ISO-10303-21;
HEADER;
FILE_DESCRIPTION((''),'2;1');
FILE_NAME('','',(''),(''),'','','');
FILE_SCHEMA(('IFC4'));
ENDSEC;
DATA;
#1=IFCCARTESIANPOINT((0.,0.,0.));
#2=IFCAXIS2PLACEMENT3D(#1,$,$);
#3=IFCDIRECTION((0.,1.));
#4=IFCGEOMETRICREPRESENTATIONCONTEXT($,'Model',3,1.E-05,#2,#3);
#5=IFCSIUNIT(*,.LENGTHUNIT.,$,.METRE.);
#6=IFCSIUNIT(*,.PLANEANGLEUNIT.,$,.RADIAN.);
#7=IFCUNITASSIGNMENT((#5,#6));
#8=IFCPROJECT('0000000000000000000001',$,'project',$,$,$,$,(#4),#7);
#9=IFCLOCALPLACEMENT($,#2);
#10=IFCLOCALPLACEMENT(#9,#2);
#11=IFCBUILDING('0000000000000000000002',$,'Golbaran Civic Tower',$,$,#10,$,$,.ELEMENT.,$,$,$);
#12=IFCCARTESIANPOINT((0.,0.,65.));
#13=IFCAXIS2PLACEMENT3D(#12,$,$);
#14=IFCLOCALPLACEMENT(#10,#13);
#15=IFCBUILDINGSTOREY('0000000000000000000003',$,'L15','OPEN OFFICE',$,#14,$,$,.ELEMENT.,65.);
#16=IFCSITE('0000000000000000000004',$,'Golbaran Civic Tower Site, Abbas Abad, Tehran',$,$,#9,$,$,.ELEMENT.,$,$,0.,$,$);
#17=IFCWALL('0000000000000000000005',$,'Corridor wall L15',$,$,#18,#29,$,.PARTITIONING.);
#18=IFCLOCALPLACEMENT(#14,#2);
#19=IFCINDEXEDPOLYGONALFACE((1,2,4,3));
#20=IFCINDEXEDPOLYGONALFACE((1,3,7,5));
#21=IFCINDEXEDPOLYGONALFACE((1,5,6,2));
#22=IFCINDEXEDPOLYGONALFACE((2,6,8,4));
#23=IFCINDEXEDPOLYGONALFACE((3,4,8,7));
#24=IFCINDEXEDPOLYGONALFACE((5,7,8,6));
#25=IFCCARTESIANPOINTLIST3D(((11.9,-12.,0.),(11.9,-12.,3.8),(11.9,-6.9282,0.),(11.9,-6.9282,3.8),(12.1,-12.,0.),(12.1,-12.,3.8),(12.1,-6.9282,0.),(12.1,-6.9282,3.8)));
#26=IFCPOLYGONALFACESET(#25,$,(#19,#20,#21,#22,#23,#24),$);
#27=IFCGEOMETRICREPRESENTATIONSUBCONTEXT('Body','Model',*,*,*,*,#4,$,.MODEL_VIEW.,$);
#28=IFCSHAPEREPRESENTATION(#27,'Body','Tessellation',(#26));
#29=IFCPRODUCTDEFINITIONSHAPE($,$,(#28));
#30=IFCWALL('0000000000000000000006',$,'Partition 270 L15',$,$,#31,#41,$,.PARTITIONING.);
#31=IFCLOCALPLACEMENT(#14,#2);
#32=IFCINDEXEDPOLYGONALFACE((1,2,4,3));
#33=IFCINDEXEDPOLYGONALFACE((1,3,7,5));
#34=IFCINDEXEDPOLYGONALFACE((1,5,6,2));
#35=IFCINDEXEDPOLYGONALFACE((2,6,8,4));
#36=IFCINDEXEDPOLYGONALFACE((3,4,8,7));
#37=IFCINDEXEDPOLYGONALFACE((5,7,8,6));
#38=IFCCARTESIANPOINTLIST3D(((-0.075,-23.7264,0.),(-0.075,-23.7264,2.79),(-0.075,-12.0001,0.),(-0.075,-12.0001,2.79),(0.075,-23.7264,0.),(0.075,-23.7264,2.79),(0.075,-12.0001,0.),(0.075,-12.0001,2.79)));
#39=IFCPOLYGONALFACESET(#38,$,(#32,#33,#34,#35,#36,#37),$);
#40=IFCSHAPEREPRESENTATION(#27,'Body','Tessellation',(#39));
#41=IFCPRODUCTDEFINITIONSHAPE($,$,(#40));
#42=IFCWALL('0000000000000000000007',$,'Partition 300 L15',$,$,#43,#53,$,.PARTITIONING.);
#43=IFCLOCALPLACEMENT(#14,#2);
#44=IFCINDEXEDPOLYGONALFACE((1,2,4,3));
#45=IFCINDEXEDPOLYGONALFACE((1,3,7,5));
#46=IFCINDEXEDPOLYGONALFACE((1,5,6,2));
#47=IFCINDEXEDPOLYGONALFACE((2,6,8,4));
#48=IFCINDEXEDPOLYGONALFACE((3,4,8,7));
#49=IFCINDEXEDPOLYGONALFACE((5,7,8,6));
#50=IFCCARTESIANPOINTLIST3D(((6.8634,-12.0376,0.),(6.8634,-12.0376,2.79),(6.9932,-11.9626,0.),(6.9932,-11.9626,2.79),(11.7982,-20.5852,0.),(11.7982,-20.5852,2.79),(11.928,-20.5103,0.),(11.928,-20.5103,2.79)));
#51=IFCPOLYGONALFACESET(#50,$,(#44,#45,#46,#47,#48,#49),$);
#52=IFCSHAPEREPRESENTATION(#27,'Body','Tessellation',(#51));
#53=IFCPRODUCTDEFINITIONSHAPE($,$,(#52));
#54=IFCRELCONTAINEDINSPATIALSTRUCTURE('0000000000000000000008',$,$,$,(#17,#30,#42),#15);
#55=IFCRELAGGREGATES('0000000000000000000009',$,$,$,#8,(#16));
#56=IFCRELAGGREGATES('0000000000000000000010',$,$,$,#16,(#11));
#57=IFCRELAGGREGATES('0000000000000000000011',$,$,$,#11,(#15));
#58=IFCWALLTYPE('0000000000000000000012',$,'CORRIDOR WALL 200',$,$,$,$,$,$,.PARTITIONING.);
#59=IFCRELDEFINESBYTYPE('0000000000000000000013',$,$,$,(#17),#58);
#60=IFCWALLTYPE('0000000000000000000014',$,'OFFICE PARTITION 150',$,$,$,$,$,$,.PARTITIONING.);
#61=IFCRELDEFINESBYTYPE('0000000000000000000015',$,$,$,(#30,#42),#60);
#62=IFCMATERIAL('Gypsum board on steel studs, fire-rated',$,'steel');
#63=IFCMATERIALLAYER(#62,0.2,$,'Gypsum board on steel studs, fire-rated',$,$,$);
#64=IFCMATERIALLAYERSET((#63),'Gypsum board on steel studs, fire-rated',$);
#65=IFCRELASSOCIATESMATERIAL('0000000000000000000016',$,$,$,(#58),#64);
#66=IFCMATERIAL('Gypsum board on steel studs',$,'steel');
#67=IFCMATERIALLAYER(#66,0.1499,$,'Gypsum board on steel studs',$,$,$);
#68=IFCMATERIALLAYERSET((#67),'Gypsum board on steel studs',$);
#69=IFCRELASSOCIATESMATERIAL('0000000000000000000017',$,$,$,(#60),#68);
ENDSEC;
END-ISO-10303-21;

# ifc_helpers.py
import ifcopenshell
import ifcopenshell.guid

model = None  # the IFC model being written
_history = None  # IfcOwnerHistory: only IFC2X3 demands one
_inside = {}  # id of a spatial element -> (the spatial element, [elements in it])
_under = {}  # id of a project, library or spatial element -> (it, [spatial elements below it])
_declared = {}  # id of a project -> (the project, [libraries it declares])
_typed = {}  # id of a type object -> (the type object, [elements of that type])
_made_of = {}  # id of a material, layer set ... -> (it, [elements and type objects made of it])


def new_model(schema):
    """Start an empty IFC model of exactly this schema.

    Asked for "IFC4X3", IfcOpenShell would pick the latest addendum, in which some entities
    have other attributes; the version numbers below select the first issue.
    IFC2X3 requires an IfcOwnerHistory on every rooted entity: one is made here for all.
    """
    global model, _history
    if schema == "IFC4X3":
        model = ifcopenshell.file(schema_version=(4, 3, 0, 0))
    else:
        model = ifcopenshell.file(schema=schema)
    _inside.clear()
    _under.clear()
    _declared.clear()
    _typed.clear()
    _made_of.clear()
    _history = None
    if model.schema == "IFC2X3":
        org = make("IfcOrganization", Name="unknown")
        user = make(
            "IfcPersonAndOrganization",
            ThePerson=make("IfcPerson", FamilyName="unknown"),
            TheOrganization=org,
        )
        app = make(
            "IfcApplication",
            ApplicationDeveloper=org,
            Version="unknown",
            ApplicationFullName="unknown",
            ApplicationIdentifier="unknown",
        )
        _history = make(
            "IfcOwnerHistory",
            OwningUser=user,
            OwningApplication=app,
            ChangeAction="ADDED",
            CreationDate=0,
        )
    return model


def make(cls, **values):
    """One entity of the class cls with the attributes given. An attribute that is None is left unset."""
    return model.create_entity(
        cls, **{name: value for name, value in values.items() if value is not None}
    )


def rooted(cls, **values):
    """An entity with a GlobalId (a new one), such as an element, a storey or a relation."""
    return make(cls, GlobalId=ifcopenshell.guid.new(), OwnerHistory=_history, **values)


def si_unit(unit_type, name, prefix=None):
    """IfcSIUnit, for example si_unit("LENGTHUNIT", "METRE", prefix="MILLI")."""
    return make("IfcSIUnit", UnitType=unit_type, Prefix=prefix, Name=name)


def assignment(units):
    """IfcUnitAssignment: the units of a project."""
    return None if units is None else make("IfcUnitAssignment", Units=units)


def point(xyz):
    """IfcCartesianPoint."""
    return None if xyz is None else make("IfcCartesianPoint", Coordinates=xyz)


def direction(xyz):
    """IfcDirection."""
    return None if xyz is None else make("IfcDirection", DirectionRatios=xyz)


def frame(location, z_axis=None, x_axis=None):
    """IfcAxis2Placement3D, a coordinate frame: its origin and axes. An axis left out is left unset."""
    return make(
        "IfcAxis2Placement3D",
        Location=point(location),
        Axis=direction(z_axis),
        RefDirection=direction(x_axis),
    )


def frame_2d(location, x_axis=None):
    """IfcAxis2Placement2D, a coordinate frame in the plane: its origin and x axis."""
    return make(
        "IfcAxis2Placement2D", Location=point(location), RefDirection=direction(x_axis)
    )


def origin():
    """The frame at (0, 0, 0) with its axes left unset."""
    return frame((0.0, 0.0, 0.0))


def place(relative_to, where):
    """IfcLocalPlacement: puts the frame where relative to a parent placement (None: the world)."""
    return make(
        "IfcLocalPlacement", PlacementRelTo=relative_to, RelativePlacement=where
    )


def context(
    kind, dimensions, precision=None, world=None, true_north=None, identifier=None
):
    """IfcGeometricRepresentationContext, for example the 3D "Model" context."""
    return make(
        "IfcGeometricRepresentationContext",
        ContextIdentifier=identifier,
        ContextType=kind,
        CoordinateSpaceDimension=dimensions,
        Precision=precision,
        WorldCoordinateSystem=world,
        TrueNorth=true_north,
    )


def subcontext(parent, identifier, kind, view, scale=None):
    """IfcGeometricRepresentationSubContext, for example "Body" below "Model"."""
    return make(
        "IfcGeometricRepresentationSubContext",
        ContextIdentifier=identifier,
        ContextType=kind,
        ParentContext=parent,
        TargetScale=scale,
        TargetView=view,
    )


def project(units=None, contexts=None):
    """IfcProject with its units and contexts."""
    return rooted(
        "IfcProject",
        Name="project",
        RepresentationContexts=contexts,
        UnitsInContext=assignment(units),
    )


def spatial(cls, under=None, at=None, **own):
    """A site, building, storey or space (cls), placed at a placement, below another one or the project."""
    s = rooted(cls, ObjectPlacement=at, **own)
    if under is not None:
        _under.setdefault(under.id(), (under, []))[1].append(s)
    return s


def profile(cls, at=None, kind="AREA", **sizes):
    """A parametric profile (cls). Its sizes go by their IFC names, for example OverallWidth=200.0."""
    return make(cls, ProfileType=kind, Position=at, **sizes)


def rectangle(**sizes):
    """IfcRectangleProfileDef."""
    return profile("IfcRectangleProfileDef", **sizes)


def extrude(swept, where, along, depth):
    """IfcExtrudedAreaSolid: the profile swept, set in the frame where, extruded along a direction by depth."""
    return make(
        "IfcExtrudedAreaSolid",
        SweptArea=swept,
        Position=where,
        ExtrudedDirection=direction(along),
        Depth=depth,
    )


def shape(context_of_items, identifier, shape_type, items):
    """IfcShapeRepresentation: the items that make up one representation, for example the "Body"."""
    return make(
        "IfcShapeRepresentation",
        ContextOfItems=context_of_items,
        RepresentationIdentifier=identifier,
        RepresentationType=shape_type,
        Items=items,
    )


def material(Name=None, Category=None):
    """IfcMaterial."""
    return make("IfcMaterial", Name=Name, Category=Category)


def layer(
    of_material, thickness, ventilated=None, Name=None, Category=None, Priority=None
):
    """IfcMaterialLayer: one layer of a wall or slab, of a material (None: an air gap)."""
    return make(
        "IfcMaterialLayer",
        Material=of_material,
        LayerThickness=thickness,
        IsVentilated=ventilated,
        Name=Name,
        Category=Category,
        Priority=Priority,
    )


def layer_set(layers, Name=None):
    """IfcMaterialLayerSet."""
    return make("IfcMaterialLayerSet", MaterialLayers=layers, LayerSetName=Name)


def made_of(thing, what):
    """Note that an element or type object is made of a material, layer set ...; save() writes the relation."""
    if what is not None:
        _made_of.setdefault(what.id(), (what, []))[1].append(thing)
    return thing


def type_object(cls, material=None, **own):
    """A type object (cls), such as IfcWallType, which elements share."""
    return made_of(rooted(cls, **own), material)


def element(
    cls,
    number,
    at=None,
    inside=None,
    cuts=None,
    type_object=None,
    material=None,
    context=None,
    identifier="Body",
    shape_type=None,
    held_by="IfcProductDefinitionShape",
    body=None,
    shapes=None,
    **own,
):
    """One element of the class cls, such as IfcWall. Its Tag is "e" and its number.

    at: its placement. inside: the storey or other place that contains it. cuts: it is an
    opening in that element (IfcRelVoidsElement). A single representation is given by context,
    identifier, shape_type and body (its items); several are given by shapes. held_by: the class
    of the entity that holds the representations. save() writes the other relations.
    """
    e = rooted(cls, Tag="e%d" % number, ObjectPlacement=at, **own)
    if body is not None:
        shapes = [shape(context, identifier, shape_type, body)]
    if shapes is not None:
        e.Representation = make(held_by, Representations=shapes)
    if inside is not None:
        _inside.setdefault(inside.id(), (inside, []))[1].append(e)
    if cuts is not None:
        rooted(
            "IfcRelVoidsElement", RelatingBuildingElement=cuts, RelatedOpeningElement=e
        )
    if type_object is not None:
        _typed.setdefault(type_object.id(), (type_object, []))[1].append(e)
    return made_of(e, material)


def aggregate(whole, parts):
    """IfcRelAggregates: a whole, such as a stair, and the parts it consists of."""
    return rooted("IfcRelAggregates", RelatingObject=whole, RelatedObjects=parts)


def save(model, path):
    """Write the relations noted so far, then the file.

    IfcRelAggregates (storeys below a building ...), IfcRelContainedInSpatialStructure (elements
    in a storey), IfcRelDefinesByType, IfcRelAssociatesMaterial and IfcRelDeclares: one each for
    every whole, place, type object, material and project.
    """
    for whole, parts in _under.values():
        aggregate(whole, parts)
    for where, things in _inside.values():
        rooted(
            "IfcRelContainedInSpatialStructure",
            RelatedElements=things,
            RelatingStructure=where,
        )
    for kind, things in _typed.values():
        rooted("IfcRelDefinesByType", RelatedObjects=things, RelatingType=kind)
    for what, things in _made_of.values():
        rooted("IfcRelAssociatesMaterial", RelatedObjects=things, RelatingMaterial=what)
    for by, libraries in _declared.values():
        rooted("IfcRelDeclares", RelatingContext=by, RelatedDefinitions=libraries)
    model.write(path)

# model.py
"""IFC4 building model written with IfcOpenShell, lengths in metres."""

from ifc_helpers import new_model, si_unit, direction, frame, frame_2d, origin, place, context, subcontext, project, spatial, rectangle, extrude, material, layer, layer_set, type_object, element, save


model = new_model("IFC4")

# Units and contexts
model_context = context("Model", 3, precision=1e-05, world=origin(), true_north=direction((0.0, 1.0)))
body_context = subcontext(model_context, "Body", "Model", "MODEL_VIEW")
ifc_project = project(units=[si_unit("LENGTHUNIT", "METRE"), si_unit("PLANEANGLEUNIT", "RADIAN")], contexts=[model_context])

# Site, building, storey
site_placement = place(None, origin())
site = spatial("IfcSite", under=ifc_project, at=site_placement, Name="Golbaran Civic Tower Site, Abbas Abad, Tehran", CompositionType="ELEMENT", RefElevation=0.0)
building_placement = place(site_placement, origin())
building = spatial("IfcBuilding", under=site, at=building_placement, Name="Golbaran Civic Tower", CompositionType="ELEMENT")
storey_placement = place(building_placement, frame((0.0, 0.0, 65.0)))
storey = spatial("IfcBuildingStorey", under=building, at=storey_placement, Name="L15", Description="OPEN OFFICE", CompositionType="ELEMENT", Elevation=65.0)

# Shared definitions
ifc_material_1 = material(Name="Gypsum board on steel studs, fire-rated", Category="steel")
ifc_layer_1 = layer(ifc_material_1, 0.2, Name="Gypsum board on steel studs, fire-rated")
ifc_layer_set_1 = layer_set([ifc_layer_1], Name="Gypsum board on steel studs, fire-rated")
wall_type_1 = type_object("IfcWallType", Name="CORRIDOR WALL 200", PredefinedType="PARTITIONING", material=ifc_layer_set_1)

# Walls
wall_1_placement = place(storey_placement, frame((12.0, -12.0, 0.0), z_axis=(0.0, 0.0, 1.0), x_axis=(0.0, 1.0, 0.0)))
element("IfcWall", 1, at=wall_1_placement, inside=storey, type_object=wall_type_1, Name="Corridor wall L15", PredefinedType="PARTITIONING", context=body_context, shape_type="SweptSolid", body=[
    extrude(rectangle(XDim=5.0718, YDim=0.2, at=frame_2d((2.5359, 0.0))), origin(), (0.0, 0.0, 1.0), 3.8),
])
ifc_material_2 = material(Name="Gypsum board on steel studs", Category="steel")
ifc_layer_2 = layer(ifc_material_2, 0.1499, Name="Gypsum board on steel studs")
ifc_layer_set_2 = layer_set([ifc_layer_2], Name="Gypsum board on steel studs")
wall_type_2 = type_object("IfcWallType", Name="OFFICE PARTITION 150", PredefinedType="PARTITIONING", material=ifc_layer_set_2)
wall_2_placement = place(storey_placement, frame((0.0, -12.0, 0.0), z_axis=(0.0, 0.0, 1.0), x_axis=(0.0, -1.0, 0.0)))
element("IfcWall", 2, at=wall_2_placement, inside=storey, type_object=wall_type_2, Name="Partition 270 L15", PredefinedType="PARTITIONING", context=body_context, shape_type="SweptSolid", body=[
    extrude(rectangle(XDim=11.7263, YDim=0.1499, at=frame_2d((5.8633, 0.0))), origin(), (0.0, 0.0, 1.0), 2.79),
])
wall_3_placement = place(storey_placement, frame((6.9282, -12.0, 0.0), z_axis=(0.0, 0.0, 1.0), x_axis=(0.499989, -0.866032, 0.0)))
element("IfcWall", 3, at=wall_3_placement, inside=storey, type_object=wall_type_2, Name="Partition 300 L15", PredefinedType="PARTITIONING", context=body_context, shape_type="SweptSolid", body=[
    extrude(rectangle(XDim=9.8699, YDim=0.1499, at=frame_2d((4.9351, 0.0))), origin(), (0.0, 0.0, 1.0), 2.79),
])

save(model, "model.ifc")
